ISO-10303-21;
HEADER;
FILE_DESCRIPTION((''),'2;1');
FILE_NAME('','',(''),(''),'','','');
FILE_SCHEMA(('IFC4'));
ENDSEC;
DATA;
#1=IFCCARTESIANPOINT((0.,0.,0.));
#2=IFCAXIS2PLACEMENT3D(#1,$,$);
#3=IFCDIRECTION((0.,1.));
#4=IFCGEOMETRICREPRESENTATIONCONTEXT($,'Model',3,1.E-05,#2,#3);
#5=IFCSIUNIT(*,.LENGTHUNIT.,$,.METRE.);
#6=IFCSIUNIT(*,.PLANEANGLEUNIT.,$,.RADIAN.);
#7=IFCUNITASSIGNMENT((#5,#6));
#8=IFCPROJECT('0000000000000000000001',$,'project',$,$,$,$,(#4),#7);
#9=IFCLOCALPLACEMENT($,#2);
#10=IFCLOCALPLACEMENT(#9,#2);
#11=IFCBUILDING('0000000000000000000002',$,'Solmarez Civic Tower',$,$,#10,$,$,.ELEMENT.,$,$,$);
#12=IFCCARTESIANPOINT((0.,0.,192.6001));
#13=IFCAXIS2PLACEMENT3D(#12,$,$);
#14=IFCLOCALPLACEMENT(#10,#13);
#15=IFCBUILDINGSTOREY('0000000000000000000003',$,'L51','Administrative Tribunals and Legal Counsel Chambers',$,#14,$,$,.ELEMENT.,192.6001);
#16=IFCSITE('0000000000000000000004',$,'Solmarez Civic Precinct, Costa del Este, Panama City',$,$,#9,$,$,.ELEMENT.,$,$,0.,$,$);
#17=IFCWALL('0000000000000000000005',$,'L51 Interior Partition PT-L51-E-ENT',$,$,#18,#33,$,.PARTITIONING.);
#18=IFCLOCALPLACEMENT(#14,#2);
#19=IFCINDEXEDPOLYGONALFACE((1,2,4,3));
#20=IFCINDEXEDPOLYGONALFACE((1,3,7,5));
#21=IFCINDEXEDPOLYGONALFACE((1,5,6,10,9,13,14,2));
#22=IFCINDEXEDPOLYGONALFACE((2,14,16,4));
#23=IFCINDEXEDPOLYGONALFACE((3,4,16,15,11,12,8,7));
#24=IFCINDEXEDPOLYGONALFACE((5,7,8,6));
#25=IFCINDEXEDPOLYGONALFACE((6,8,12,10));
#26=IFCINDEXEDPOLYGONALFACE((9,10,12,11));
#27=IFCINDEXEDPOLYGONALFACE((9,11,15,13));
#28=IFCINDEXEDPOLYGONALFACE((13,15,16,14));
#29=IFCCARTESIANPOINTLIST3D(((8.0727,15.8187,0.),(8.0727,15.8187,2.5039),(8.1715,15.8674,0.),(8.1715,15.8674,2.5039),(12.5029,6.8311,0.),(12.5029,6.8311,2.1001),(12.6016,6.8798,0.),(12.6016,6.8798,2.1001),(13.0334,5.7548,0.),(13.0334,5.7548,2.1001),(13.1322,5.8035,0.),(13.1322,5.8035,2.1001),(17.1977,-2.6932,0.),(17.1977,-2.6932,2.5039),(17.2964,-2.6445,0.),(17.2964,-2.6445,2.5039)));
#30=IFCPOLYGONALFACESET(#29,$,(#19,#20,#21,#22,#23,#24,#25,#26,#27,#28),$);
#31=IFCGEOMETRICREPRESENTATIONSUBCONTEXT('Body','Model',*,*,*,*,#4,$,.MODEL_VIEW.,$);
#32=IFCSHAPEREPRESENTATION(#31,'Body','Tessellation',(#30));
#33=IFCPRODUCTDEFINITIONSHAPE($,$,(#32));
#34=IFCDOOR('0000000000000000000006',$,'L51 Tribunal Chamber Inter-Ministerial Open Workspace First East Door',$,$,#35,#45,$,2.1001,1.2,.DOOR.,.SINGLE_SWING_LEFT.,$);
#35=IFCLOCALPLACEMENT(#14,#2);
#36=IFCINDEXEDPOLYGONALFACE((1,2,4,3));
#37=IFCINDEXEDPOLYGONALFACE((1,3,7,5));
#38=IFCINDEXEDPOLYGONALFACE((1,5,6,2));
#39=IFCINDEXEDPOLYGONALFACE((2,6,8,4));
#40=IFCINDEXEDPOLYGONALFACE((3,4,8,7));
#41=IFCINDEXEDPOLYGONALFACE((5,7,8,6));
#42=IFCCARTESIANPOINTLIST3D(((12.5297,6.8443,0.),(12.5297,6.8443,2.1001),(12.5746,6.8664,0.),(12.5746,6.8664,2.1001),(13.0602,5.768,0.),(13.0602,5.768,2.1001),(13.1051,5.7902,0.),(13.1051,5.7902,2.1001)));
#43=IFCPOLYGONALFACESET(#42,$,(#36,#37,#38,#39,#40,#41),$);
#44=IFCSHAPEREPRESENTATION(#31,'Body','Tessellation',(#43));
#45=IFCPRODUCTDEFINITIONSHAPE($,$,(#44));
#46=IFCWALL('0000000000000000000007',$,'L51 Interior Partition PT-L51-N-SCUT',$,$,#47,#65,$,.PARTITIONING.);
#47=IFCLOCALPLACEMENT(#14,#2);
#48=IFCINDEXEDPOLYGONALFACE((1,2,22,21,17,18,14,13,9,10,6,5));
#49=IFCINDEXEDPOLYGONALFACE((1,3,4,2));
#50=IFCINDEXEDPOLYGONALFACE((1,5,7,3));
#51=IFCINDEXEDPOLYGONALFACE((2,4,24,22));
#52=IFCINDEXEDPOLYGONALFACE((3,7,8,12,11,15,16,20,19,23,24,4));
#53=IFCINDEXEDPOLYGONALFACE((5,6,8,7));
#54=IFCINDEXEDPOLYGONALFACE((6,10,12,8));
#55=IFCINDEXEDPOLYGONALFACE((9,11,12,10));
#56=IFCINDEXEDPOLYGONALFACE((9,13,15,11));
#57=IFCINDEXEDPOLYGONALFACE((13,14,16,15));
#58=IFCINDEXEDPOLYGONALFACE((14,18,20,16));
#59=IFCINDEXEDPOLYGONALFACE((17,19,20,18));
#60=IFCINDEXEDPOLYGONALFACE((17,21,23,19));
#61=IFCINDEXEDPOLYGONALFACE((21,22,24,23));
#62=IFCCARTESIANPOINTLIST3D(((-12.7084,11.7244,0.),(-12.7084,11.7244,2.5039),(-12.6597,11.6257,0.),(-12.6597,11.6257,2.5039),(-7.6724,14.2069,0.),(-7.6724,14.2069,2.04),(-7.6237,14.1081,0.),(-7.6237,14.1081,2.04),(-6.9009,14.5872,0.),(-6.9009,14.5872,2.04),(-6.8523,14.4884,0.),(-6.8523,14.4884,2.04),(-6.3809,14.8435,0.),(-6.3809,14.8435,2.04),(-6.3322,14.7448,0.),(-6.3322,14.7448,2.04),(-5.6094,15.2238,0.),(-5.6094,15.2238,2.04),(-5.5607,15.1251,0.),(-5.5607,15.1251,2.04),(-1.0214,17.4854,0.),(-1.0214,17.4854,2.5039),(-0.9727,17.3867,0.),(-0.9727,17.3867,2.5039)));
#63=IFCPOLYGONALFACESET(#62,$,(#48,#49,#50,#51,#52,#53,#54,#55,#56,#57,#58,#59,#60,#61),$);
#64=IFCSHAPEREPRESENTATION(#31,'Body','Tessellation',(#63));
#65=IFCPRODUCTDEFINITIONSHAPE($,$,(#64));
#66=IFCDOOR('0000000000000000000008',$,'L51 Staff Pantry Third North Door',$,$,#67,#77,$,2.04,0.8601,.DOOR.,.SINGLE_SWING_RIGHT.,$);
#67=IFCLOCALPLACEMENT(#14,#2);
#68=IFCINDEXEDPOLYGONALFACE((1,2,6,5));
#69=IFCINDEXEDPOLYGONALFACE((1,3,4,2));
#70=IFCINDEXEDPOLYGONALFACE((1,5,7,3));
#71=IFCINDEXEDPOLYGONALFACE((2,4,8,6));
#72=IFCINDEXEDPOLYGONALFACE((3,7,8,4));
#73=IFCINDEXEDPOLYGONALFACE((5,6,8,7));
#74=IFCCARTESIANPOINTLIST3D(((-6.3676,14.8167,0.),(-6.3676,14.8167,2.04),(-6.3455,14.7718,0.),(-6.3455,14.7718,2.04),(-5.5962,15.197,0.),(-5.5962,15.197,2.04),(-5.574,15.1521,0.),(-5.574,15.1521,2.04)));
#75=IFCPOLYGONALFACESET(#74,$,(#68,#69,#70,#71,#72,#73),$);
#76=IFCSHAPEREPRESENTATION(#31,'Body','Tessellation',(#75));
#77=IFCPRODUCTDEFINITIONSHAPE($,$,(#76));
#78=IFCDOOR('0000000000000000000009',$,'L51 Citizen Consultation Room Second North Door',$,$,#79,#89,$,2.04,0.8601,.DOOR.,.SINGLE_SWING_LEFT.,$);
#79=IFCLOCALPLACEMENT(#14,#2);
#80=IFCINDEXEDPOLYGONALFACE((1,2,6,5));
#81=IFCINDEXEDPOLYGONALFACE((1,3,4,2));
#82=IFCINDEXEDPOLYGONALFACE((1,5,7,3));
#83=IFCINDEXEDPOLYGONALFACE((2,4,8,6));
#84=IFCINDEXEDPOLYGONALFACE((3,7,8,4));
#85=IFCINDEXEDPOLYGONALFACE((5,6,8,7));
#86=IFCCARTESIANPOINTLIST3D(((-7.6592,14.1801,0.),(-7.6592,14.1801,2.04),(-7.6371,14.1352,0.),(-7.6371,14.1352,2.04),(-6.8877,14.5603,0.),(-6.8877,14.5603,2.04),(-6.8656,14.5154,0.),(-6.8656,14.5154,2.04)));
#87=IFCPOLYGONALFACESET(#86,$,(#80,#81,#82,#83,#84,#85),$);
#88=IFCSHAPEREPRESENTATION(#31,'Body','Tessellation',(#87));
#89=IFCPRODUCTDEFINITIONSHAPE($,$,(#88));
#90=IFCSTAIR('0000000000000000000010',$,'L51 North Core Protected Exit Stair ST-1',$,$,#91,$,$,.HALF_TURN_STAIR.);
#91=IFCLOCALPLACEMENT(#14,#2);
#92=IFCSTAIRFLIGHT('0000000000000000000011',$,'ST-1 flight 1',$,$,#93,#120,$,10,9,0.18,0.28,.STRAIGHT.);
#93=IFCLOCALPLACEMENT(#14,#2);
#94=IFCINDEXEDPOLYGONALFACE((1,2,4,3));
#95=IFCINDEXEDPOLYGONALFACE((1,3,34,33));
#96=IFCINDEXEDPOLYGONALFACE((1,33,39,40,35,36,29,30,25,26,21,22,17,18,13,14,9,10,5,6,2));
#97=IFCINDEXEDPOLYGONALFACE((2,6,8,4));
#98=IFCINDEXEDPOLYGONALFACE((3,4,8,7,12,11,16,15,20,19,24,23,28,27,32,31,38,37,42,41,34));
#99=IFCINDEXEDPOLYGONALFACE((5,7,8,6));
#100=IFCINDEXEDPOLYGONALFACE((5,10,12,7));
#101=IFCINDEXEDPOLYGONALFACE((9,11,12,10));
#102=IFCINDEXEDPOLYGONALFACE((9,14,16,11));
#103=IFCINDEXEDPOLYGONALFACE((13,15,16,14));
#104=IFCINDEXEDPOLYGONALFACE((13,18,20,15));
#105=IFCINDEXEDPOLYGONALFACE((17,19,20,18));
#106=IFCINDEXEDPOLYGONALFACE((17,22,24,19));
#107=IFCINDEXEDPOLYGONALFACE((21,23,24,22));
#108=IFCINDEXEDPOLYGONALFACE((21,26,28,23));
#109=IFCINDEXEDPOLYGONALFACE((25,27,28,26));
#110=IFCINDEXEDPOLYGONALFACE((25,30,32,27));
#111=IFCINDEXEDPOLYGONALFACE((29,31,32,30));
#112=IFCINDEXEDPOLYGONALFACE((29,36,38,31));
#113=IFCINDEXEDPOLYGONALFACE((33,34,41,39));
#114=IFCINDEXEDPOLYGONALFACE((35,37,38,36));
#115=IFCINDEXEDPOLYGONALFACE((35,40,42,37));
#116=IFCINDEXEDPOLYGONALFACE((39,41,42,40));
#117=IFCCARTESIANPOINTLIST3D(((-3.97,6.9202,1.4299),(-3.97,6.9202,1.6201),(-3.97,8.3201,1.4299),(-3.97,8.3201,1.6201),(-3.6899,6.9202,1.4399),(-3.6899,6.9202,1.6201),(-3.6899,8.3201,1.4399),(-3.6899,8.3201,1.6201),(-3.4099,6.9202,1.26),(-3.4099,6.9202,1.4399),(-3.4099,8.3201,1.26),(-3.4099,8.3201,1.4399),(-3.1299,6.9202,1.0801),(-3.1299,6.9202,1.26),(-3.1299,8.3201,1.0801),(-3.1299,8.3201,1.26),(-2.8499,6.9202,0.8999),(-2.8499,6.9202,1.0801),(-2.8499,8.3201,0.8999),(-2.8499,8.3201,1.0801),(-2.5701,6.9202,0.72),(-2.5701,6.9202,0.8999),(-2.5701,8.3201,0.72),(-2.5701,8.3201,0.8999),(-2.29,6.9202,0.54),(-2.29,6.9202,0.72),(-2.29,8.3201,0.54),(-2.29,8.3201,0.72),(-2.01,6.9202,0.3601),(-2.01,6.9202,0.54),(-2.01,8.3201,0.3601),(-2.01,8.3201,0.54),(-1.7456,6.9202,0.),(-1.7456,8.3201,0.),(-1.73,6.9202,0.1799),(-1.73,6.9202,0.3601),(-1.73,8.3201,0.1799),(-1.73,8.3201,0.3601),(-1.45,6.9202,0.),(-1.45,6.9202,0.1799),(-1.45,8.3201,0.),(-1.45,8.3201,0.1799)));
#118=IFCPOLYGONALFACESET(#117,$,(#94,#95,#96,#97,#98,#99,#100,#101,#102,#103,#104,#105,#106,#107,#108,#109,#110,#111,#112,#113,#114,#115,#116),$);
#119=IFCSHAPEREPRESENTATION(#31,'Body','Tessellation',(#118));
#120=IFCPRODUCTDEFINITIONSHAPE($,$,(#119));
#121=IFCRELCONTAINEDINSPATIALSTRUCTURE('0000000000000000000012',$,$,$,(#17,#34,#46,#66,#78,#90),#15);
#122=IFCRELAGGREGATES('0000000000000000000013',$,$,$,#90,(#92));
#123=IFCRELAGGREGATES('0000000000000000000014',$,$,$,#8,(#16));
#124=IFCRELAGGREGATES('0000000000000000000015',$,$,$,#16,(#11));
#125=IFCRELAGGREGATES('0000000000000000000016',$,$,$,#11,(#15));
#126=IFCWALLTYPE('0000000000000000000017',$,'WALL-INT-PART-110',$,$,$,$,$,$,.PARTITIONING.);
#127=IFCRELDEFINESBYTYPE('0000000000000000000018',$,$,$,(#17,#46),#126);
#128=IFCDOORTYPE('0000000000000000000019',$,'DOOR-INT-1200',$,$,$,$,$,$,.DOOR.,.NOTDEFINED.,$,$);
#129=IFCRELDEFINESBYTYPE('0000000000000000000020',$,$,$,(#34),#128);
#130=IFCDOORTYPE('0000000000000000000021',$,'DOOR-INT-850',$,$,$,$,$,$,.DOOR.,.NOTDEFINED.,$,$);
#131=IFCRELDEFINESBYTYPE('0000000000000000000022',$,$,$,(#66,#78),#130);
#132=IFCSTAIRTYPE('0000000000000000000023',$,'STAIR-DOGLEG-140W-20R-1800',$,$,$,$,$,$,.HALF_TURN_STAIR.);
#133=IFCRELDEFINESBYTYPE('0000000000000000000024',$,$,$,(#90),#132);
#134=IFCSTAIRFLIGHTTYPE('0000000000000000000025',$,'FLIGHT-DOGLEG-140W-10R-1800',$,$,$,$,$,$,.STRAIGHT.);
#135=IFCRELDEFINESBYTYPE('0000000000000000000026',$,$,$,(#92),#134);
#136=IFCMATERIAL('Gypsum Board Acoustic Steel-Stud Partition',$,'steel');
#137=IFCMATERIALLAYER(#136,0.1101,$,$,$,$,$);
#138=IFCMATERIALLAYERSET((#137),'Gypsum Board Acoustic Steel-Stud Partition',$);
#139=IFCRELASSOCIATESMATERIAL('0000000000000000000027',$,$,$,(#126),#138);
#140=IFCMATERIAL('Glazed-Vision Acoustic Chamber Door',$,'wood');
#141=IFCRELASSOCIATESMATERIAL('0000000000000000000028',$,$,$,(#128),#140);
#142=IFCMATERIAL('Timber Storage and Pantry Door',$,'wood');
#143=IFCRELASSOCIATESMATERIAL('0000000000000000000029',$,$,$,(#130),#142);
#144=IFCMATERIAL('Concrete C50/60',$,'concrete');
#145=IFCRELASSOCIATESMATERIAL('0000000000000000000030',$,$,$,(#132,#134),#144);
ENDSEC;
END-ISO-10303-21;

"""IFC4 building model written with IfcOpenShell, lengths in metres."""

from ifc_helpers import new_model, si_unit, direction, frame, frame_2d, origin, place, context, subcontext, project, spatial, polyline, rectangle, outline, extrude, material, layer, layer_set, type_object, element, fill, aggregate, save


model = new_model("IFC4")

# Units and contexts
model_context = context("Model", 3, precision=1e-05, world=origin(), true_north=direction((0.0, 1.0)))
body_context = subcontext(model_context, "Body", "Model", "MODEL_VIEW")
ifc_project = project(units=[si_unit("LENGTHUNIT", "METRE"), si_unit("PLANEANGLEUNIT", "RADIAN")], contexts=[model_context])

# Site, building, storey
site_placement = place(None, origin())
site = spatial("IfcSite", under=ifc_project, at=site_placement, Name="Solmarez Civic Precinct, Costa del Este, Panama City", CompositionType="ELEMENT", RefElevation=0.0)
building_placement = place(site_placement, origin())
building = spatial("IfcBuilding", under=site, at=building_placement, Name="Solmarez Civic Tower", CompositionType="ELEMENT")
storey_placement = place(building_placement, frame((0.0, 0.0, 192.6001)))
storey = spatial("IfcBuildingStorey", under=building, at=storey_placement, Name="L51", Description="Administrative Tribunals and Legal Counsel Chambers", CompositionType="ELEMENT", Elevation=192.6001)

# Shared definitions
ifc_material_1 = material(Name="Concrete C50/60", Category="concrete")

# Shared definitions
ifc_material_2 = material(Name="Gypsum Board Acoustic Steel-Stud Partition", Category="steel")
ifc_layer_1 = layer(ifc_material_2, 0.1101)
ifc_layer_set_1 = layer_set([ifc_layer_1], Name="Gypsum Board Acoustic Steel-Stud Partition")
wall_type_1 = type_object("IfcWallType", Name="WALL-INT-PART-110", PredefinedType="PARTITIONING", material=ifc_layer_set_1)

# Wall, opening, door
wall_1_placement = place(storey_placement, frame((8.1221, 15.843, 0.0), z_axis=(0.0, 0.0, 1.0), x_axis=(0.442129, -0.896951, 0.0)))
wall_1 = element("IfcWall", 1, at=wall_1_placement, inside=storey, type_object=wall_type_1, Name="L51 Interior Partition PT-L51-E-ENT", PredefinedType="PARTITIONING", context=body_context, shape_type="SweptSolid", body=[
    extrude(rectangle(XDim=20.6387, YDim=0.1101, at=frame_2d((10.3193, 0.0))), origin(), (0.0, 0.0, 1.0), 2.5039),
])
opening_1_placement = place(wall_1_placement, frame((10.02, 0.0, 0.0)))
opening_1 = element("IfcOpeningElement", 2, at=opening_1_placement, cuts=wall_1, PredefinedType="OPENING", context=body_context, shape_type="SweptSolid", body=[
    extrude(rectangle(XDim=1.2, YDim=2.1001, at=frame_2d((0.6001, 1.05))), frame((0.0, 0.0649, 0.0), z_axis=(0.0, -1.0, 0.0), x_axis=(1.0, 0.0, 0.0)), (0.0, 0.0, 1.0), 0.1301),
])
ifc_material_3 = material(Name="Glazed-Vision Acoustic Chamber Door", Category="wood")
door_type_1 = type_object("IfcDoorType", Name="DOOR-INT-1200", OperationType="NOTDEFINED", PredefinedType="DOOR", material=ifc_material_3)
door_1_placement = place(opening_1_placement, origin())
door_1 = element("IfcDoor", 3, at=door_1_placement, inside=storey, type_object=door_type_1, Name="L51 Tribunal Chamber Inter-Ministerial Open Workspace First East Door", OperationType="SINGLE_SWING_LEFT", OverallHeight=2.1001, OverallWidth=1.2, PredefinedType="DOOR", context=body_context, shape_type="SweptSolid", body=[
    extrude(rectangle(XDim=1.2, YDim=2.1001, at=frame_2d((0.6001, 1.05))), frame((0.0, 0.0249, 0.0), z_axis=(0.0, -1.0, 0.0), x_axis=(1.0, 0.0, 0.0)), (0.0, 0.0, 1.0), 0.05),
])
fill(opening_1, door_1)

# Wall, openings, doors
wall_2_placement = place(storey_placement, frame((-0.9971, 17.436, 0.0), z_axis=(0.0, 0.0, 1.0), x_axis=(-0.896946, -0.44214, 0.0)))
wall_2 = element("IfcWall", 4, at=wall_2_placement, inside=storey, type_object=wall_type_1, Name="L51 Interior Partition PT-L51-N-SCUT", PredefinedType="PARTITIONING", context=body_context, shape_type="SweptSolid", body=[
    extrude(rectangle(XDim=13.0298, YDim=0.1101, at=frame_2d((6.5149, 0.0))), origin(), (0.0, 0.0, 1.0), 2.5039),
])
opening_2_placement = place(wall_2_placement, frame((5.115, 0.0, 0.0)))
opening_2 = element("IfcOpeningElement", 5, at=opening_2_placement, cuts=wall_2, PredefinedType="OPENING", context=body_context, shape_type="SweptSolid", body=[
    extrude(rectangle(XDim=0.8601, YDim=2.04, at=frame_2d((0.4302, 1.02))), frame((0.0, 0.0649, 0.0), z_axis=(0.0, -1.0, 0.0), x_axis=(1.0, 0.0, 0.0)), (0.0, 0.0, 1.0), 0.1301),
])
opening_3_placement = place(wall_2_placement, frame((6.5549, 0.0, 0.0)))
opening_3 = element("IfcOpeningElement", 6, at=opening_3_placement, cuts=wall_2, PredefinedType="OPENING", context=body_context, shape_type="SweptSolid", body=[
    extrude(rectangle(XDim=0.8601, YDim=2.04, at=frame_2d((0.4302, 1.02))), frame((0.0, 0.0649, 0.0), z_axis=(0.0, -1.0, 0.0), x_axis=(1.0, 0.0, 0.0)), (0.0, 0.0, 1.0), 0.1301),
])
ifc_material_4 = material(Name="Timber Storage and Pantry Door", Category="wood")
door_type_2 = type_object("IfcDoorType", Name="DOOR-INT-850", OperationType="NOTDEFINED", PredefinedType="DOOR", material=ifc_material_4)
door_2_placement = place(opening_2_placement, origin())
door_2 = element("IfcDoor", 7, at=door_2_placement, inside=storey, type_object=door_type_2, Name="L51 Staff Pantry Third North Door", OperationType="SINGLE_SWING_RIGHT", OverallHeight=2.04, OverallWidth=0.8601, PredefinedType="DOOR", context=body_context, shape_type="SweptSolid", body=[
    extrude(rectangle(XDim=0.8601, YDim=2.04, at=frame_2d((0.4302, 1.02))), frame((0.0, 0.0249, 0.0), z_axis=(0.0, -1.0, 0.0), x_axis=(1.0, 0.0, 0.0)), (0.0, 0.0, 1.0), 0.05),
])
fill(opening_2, door_2)
door_3_placement = place(opening_3_placement, origin())
door_3 = element("IfcDoor", 8, at=door_3_placement, inside=storey, type_object=door_type_2, Name="L51 Citizen Consultation Room Second North Door", OperationType="SINGLE_SWING_LEFT", OverallHeight=2.04, OverallWidth=0.8601, PredefinedType="DOOR", context=body_context, shape_type="SweptSolid", body=[
    extrude(rectangle(XDim=0.8601, YDim=2.04, at=frame_2d((0.4302, 1.02))), frame((0.0, 0.0249, 0.0), z_axis=(0.0, -1.0, 0.0), x_axis=(1.0, 0.0, 0.0)), (0.0, 0.0, 1.0), 0.05),
])
fill(opening_3, door_3)

# Stair, stair flight
stair_type = type_object("IfcStairType", Name="STAIR-DOGLEG-140W-20R-1800", PredefinedType="HALF_TURN_STAIR", material=ifc_material_1)
stair_placement = place(storey_placement, origin())
stair = element("IfcStair", 9, at=stair_placement, inside=storey, type_object=stair_type, Name="L51 North Core Protected Exit Stair ST-1", PredefinedType="HALF_TURN_STAIR")
stair_flight_type = type_object("IfcStairFlightType", Name="FLIGHT-DOGLEG-140W-10R-1800", PredefinedType="STRAIGHT", material=ifc_material_1)
stair_flight_placement = place(storey_placement, frame((-1.45, 7.6201, 0.0), z_axis=(0.0, 0.0, 1.0), x_axis=(-1.0, 0.0, 0.0)))
stair_flight = element("IfcStairFlight", 10, at=stair_flight_placement, type_object=stair_flight_type, Name="ST-1 flight 1", NumberOfRisers=10, NumberOfTreads=9, PredefinedType="STRAIGHT", RiserHeight=0.18, TreadLength=0.28, context=body_context, shape_type="SweptSolid", body=[
    extrude(outline(polyline([(0.0, 0.0), (0.0, 0.1799), (0.28, 0.1799), (0.28, 0.3601), (0.5601, 0.3601), (0.5601, 0.54), (0.8401, 0.54), (0.8401, 0.72), (1.1201, 0.72), (1.1201, 0.8999), (1.3999, 0.8999), (1.3999, 1.0801), (1.6799, 1.0801), (1.6799, 1.26), (1.96, 1.26), (1.96, 1.4399), (2.24, 1.4399), (2.24, 1.6201), (2.52, 1.6201), (2.52, 1.8), (2.52, 1.4299), (0.2957, 0.0), (0.0, 0.0)])), frame((0.0, 0.7, 0.0), z_axis=(0.0, -1.0, 0.0), x_axis=(1.0, 0.0, 0.0)), (0.0, 0.0, 1.0), 1.3999),
])
aggregate(stair, [stair_flight])

save(model, "model.ifc")
